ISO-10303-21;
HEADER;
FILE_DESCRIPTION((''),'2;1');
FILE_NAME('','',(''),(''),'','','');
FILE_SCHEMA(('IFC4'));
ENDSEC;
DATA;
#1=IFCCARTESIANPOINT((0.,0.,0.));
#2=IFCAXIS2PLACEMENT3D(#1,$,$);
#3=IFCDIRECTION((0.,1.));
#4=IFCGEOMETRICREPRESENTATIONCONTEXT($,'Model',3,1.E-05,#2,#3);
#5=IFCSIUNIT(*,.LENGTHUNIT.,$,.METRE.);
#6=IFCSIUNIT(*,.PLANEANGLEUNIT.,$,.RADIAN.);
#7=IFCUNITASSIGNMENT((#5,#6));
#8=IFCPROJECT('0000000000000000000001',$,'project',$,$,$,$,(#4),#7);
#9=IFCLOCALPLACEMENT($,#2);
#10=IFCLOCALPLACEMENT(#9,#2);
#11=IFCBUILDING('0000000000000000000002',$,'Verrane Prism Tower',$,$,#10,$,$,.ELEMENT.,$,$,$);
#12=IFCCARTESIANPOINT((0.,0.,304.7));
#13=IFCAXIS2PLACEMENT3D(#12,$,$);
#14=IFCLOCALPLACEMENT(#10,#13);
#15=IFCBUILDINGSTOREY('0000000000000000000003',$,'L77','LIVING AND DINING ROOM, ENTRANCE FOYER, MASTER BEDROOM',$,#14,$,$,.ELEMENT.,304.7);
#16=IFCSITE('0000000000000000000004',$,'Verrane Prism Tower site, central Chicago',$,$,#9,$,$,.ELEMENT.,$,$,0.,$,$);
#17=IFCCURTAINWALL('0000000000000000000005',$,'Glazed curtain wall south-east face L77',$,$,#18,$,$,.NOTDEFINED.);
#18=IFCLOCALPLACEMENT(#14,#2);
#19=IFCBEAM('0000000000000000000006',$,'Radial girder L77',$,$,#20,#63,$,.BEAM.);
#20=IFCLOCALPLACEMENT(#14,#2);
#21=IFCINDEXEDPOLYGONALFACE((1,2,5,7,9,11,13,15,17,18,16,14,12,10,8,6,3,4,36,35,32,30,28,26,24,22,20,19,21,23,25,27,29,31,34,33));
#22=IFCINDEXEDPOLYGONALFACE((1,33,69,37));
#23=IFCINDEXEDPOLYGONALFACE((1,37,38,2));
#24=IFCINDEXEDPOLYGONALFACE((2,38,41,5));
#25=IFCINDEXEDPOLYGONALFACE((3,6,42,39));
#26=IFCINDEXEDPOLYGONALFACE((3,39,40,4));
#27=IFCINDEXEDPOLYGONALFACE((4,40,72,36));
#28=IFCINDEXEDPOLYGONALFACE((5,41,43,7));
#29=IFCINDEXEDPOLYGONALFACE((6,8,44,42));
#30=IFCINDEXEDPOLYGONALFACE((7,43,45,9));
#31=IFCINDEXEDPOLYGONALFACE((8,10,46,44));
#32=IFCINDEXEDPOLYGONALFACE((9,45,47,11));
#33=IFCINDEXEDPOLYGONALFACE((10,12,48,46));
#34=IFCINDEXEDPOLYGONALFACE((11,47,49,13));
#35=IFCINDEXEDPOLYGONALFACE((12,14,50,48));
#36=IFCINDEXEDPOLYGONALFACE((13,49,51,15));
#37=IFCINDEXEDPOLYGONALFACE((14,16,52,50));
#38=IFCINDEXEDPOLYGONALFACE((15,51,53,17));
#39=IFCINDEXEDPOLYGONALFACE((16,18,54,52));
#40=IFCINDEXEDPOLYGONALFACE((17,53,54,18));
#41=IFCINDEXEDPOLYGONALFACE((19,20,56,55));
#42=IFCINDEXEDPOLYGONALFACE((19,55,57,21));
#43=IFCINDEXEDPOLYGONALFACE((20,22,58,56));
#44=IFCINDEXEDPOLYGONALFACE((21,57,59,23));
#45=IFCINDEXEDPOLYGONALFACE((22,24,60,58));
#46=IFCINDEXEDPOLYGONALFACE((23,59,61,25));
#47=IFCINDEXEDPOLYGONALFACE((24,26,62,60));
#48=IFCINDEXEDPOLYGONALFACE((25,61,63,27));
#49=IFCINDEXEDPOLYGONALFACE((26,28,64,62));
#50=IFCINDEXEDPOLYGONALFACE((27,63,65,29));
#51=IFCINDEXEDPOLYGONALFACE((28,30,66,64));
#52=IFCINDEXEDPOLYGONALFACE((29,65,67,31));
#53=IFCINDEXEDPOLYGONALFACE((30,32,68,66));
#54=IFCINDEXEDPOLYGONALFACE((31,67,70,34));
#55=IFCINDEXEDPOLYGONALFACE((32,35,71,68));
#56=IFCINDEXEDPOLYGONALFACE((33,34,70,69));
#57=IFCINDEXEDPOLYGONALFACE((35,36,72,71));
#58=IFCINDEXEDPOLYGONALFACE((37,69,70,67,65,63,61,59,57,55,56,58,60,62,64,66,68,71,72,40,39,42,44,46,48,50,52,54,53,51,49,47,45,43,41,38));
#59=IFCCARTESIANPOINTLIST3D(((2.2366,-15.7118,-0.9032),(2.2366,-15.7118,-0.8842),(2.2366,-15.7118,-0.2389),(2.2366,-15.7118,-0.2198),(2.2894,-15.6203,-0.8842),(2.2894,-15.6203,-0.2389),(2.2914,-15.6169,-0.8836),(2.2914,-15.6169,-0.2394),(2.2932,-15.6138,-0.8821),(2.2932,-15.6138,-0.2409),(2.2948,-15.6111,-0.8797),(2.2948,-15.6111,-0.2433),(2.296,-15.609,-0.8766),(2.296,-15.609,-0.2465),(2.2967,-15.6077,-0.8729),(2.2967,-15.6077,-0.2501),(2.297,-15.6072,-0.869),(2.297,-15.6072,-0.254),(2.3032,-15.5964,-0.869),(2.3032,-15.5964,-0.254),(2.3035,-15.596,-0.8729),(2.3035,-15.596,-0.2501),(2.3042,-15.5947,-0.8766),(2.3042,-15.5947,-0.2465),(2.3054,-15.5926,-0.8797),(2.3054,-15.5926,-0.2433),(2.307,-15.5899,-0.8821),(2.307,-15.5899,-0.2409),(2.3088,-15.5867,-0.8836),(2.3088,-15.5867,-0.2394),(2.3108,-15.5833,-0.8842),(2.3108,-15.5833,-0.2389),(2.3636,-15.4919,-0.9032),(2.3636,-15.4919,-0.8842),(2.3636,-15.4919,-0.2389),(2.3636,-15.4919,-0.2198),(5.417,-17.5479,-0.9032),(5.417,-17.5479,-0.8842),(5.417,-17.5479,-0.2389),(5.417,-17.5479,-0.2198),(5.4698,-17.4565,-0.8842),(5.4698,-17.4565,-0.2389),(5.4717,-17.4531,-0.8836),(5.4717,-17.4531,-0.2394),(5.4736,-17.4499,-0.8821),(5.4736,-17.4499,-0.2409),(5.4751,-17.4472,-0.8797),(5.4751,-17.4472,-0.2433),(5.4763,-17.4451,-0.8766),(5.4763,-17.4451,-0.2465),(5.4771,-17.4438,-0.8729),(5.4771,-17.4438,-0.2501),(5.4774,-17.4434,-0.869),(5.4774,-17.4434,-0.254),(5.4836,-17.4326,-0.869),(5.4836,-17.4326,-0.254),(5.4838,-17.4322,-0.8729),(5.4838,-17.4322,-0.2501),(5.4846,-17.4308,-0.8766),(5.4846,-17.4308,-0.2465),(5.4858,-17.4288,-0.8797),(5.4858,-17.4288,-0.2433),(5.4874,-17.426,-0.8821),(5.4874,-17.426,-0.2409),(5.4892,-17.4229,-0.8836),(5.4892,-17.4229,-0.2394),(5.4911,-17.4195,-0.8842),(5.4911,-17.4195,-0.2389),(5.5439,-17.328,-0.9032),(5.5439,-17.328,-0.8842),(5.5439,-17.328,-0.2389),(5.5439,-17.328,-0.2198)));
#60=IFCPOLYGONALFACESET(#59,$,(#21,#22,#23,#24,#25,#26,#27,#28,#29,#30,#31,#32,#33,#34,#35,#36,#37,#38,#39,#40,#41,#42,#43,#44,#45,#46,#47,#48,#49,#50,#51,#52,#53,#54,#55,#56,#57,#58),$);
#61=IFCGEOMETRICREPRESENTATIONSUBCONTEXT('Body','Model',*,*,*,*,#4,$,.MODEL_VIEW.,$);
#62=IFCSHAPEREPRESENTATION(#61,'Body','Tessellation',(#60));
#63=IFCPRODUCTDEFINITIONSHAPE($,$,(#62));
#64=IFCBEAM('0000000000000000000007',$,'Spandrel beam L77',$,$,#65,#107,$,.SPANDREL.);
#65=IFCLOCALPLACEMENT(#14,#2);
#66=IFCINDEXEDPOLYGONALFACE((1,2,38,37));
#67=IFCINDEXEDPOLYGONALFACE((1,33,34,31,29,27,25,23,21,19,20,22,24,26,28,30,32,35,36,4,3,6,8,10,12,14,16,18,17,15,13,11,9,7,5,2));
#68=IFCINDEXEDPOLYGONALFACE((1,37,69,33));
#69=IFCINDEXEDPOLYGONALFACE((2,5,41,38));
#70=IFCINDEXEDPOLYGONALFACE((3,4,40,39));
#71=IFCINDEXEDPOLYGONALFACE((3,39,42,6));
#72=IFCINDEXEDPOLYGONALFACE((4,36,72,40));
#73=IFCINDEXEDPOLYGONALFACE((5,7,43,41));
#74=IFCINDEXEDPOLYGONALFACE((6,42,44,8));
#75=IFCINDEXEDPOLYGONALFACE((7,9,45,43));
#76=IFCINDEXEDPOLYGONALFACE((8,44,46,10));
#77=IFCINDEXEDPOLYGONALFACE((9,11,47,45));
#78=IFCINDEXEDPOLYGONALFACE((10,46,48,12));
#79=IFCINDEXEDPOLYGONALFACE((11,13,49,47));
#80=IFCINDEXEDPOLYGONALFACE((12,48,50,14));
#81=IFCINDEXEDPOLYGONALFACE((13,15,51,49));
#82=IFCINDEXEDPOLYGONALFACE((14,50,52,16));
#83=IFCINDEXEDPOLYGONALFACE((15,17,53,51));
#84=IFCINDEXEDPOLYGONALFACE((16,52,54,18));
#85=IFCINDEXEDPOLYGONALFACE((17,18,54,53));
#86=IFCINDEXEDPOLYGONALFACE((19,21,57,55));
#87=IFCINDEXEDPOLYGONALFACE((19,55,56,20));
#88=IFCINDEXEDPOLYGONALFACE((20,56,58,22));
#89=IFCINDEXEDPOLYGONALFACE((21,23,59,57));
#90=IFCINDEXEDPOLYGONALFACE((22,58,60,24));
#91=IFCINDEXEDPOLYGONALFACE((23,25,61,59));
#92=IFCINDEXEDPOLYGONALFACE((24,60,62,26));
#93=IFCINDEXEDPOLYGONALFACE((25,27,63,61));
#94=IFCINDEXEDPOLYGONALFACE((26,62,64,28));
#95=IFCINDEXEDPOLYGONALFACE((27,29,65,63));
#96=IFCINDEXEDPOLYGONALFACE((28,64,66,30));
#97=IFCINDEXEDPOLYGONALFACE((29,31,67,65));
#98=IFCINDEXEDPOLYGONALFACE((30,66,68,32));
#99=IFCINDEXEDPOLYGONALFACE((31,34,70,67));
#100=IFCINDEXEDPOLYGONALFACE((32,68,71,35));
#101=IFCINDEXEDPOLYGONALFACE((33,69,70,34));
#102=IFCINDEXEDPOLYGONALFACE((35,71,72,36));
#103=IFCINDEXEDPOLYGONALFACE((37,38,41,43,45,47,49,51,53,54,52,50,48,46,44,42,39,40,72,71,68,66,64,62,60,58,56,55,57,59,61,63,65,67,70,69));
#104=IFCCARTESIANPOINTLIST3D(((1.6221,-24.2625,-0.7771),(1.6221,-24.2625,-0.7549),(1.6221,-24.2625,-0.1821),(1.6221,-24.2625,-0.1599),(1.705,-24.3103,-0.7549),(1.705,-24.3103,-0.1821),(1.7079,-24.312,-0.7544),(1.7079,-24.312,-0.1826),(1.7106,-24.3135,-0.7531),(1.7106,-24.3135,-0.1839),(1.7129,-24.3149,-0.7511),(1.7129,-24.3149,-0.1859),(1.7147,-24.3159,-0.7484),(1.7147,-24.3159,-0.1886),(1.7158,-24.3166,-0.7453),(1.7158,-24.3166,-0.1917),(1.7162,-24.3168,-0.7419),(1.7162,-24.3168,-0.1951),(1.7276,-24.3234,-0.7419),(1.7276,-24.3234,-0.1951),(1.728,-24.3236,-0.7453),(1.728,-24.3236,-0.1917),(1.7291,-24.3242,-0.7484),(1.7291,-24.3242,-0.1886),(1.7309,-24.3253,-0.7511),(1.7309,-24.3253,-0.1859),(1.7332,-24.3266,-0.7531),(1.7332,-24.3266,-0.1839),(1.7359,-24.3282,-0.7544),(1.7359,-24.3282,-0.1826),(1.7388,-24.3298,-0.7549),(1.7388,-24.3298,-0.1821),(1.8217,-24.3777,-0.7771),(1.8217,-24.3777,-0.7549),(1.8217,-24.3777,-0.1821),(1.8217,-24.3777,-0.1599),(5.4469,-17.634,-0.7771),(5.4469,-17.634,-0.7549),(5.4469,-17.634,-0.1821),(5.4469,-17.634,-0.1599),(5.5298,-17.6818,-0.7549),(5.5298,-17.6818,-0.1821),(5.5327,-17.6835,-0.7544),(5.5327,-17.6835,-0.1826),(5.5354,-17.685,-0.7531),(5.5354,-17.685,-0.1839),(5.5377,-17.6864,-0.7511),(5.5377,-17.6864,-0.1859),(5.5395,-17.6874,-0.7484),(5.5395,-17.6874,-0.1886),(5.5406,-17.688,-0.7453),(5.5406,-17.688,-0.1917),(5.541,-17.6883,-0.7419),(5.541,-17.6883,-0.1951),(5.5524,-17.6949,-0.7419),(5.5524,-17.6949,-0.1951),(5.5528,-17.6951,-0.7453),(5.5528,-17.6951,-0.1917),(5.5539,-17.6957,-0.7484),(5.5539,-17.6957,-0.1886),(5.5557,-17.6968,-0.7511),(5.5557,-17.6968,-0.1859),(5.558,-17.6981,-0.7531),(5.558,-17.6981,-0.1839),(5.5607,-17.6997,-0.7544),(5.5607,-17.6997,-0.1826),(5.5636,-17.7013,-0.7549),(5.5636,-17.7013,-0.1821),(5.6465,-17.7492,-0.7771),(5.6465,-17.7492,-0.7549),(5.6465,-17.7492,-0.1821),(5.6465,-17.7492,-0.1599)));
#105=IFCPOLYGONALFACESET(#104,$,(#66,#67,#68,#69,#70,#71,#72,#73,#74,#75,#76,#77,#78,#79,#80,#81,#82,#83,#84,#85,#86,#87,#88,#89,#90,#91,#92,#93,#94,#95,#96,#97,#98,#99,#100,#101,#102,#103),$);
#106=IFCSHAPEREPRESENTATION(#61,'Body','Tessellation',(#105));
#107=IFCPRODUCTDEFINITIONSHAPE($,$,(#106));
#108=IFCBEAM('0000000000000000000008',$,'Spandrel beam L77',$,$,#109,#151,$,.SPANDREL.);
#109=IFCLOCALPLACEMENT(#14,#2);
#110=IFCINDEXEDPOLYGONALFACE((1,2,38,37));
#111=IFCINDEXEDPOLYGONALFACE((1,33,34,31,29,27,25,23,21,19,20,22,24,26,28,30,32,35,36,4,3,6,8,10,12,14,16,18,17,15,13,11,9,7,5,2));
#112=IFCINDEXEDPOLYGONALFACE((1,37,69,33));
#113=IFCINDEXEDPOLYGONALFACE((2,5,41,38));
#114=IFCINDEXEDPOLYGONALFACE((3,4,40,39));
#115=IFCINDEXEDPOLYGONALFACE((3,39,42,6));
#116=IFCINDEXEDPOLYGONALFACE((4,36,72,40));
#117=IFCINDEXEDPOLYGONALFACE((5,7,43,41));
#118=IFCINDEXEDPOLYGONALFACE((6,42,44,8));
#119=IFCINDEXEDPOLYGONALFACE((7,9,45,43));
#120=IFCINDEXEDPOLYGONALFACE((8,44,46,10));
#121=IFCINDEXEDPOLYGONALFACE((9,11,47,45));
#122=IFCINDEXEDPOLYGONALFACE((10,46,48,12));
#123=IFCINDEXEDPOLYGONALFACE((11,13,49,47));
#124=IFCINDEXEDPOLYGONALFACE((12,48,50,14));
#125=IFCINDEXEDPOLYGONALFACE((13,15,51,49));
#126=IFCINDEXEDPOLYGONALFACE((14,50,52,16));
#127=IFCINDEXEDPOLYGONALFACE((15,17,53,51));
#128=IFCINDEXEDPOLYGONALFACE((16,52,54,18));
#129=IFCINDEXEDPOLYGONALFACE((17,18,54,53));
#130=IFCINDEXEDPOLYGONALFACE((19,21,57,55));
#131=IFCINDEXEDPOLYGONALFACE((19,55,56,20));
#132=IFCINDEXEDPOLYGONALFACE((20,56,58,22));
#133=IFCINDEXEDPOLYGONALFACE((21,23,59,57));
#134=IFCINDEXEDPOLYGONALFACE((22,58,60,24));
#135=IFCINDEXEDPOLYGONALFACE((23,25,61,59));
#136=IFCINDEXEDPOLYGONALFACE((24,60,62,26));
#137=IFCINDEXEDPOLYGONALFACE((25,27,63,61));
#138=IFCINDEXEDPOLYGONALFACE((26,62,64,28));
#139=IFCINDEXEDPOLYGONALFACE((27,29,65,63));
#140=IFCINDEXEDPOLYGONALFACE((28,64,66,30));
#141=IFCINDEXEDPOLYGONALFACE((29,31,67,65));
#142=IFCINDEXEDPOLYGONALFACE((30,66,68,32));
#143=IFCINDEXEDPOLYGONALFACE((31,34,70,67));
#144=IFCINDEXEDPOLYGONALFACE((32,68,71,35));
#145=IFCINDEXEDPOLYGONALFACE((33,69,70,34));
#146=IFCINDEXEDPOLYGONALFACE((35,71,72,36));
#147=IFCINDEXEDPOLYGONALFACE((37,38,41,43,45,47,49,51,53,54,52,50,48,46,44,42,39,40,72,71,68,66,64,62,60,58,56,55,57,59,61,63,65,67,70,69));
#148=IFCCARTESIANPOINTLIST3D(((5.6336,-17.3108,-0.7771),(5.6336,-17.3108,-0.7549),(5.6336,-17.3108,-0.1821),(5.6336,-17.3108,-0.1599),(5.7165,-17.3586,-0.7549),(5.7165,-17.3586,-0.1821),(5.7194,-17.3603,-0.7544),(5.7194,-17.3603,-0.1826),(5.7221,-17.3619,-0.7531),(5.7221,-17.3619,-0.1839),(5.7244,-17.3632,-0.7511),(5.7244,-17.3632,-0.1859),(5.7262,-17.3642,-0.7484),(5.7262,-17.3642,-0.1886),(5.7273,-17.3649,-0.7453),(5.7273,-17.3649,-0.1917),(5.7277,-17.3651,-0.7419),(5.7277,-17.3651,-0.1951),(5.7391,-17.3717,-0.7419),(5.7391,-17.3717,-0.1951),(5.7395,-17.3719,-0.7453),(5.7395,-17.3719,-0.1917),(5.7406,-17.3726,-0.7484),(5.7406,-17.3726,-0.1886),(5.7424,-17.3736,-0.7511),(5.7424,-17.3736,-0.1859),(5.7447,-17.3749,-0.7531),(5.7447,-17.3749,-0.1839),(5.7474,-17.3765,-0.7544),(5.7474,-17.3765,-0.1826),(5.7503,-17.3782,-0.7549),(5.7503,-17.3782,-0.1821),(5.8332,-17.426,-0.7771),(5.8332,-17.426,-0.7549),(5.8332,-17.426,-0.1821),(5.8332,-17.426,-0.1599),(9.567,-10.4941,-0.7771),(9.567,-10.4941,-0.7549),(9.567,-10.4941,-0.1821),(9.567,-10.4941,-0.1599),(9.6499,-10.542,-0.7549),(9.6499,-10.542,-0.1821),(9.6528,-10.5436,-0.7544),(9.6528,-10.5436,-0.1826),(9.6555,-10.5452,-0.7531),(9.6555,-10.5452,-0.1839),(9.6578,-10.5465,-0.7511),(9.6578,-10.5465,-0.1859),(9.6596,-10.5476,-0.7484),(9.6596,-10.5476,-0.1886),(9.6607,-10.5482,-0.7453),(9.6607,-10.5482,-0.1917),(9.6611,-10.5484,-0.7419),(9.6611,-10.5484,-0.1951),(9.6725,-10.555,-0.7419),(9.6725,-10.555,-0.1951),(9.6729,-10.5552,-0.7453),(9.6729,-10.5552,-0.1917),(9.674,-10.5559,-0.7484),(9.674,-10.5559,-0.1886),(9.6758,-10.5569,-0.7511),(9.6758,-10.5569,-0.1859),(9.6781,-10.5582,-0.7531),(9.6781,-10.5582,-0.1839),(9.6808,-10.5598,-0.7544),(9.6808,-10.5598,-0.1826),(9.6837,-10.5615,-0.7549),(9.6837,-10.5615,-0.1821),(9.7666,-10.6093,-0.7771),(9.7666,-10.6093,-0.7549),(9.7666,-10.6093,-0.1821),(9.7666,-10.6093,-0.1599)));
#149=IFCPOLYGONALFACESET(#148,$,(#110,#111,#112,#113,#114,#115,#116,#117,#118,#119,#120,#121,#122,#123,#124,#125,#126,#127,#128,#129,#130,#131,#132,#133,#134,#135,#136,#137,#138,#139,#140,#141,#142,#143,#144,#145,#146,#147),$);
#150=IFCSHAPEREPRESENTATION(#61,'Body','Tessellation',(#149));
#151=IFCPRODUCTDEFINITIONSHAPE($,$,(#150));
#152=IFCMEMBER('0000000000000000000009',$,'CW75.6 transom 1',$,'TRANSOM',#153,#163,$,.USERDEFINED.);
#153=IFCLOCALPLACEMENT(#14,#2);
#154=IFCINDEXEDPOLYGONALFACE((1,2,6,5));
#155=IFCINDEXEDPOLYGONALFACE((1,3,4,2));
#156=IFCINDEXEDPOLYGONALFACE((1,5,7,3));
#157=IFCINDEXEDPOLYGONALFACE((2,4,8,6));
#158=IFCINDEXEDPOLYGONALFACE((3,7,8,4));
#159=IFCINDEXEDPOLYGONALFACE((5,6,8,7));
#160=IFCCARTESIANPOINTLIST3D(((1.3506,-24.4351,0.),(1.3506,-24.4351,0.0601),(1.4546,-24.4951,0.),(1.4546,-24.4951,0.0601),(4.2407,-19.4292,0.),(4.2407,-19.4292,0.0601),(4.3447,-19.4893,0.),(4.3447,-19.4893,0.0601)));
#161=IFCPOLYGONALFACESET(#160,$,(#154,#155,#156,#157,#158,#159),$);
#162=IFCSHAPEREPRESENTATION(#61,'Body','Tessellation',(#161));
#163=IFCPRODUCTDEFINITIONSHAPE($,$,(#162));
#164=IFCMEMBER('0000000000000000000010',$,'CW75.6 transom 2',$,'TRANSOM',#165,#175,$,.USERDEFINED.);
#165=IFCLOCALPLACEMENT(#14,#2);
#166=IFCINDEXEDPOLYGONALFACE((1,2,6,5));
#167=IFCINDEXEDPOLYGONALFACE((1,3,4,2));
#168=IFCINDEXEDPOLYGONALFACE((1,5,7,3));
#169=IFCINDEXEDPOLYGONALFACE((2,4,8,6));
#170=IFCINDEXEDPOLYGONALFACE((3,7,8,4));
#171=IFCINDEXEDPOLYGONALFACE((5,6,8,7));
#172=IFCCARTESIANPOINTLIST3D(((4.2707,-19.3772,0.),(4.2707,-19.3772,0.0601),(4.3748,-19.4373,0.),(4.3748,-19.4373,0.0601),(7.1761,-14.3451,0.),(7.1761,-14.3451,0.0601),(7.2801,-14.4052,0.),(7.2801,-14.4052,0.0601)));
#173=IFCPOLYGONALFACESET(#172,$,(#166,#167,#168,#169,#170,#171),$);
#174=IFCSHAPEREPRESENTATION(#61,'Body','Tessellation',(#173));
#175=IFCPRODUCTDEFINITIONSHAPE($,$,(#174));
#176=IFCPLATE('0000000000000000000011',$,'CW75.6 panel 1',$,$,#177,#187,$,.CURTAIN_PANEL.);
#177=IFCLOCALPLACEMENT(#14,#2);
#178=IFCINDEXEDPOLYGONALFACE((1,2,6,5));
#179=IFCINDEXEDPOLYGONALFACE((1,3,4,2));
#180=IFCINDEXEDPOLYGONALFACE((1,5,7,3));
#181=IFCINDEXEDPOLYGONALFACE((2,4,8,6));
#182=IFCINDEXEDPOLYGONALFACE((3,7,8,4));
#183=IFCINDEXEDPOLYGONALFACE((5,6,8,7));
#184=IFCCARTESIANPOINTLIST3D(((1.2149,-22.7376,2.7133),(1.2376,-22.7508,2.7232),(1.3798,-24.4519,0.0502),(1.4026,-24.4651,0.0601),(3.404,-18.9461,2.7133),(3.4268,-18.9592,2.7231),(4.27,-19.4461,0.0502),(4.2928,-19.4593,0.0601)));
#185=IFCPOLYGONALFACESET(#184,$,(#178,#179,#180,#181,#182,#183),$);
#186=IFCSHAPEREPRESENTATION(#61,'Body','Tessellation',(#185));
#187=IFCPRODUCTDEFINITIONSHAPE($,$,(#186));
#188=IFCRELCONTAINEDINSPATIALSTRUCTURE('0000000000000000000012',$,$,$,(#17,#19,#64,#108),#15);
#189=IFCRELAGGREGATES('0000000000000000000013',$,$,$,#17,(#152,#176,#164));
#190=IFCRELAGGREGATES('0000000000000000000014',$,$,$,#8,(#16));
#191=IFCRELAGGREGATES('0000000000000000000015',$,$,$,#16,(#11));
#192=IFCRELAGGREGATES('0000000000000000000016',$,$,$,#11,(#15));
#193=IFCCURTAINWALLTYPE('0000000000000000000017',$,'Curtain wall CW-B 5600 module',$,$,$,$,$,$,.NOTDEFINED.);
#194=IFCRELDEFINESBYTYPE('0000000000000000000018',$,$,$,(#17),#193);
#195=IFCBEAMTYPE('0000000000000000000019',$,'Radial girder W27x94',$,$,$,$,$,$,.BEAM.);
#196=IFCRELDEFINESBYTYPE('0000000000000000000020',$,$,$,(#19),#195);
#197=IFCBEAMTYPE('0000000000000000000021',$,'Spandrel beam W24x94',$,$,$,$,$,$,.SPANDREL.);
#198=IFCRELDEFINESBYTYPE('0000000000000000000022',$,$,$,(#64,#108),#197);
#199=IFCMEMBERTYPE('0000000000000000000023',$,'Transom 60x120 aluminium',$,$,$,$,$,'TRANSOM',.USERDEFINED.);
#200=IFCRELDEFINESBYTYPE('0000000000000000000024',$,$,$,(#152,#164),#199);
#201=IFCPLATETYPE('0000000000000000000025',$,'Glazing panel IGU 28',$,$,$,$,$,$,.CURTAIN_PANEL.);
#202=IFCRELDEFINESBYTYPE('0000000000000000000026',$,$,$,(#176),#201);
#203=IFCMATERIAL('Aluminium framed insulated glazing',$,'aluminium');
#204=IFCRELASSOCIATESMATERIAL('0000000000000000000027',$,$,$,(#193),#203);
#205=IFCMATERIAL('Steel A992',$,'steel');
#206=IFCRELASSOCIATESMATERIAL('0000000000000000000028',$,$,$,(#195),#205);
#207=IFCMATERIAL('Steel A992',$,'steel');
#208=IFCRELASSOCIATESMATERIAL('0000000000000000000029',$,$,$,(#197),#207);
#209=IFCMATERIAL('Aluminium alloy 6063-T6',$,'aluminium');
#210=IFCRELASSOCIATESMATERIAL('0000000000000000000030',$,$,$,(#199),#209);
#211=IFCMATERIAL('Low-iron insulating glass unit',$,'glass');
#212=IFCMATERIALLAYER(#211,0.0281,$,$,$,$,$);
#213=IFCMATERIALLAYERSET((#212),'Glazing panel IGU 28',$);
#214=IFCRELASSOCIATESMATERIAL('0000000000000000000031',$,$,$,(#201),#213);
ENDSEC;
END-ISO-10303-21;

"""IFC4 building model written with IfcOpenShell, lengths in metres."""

from ifc_helpers import new_model, si_unit, direction, frame, origin, origin_2d, place, context, subcontext, project, spatial, polyline, rectangle, i_section, outline, extrude, material, layer, layer_set, material_profile, profile_set, type_object, element, aggregate, save


model = new_model("IFC4")

# Units and contexts
model_context = context("Model", 3, precision=1e-05, world=origin(), true_north=direction((0.0, 1.0)))
body_context = subcontext(model_context, "Body", "Model", "MODEL_VIEW")
ifc_project = project(units=[si_unit("LENGTHUNIT", "METRE"), si_unit("PLANEANGLEUNIT", "RADIAN")], contexts=[model_context])

# Site, building, storey
site_placement = place(None, origin())
site = spatial("IfcSite", under=ifc_project, at=site_placement, Name="Verrane Prism Tower site, central Chicago", CompositionType="ELEMENT", RefElevation=0.0)
building_placement = place(site_placement, origin())
building = spatial("IfcBuilding", under=site, at=building_placement, Name="Verrane Prism Tower", CompositionType="ELEMENT")
storey_placement = place(building_placement, frame((0.0, 0.0, 304.7)))
storey = spatial("IfcBuildingStorey", under=building, at=storey_placement, Name="L77", Description="LIVING AND DINING ROOM, ENTRANCE FOYER, MASTER BEDROOM", CompositionType="ELEMENT", Elevation=304.7)

# Curtain wall
ifc_material_1 = material(Name="Aluminium framed insulated glazing", Category="aluminium")
curtain_wall_type = type_object("IfcCurtainWallType", Name="Curtain wall CW-B 5600 module", PredefinedType="NOTDEFINED", material=ifc_material_1)
curtain_wall_placement = place(storey_placement, origin())
curtain_wall = element("IfcCurtainWall", 1, at=curtain_wall_placement, inside=storey, type_object=curtain_wall_type, Name="Glazed curtain wall south-east face L77", PredefinedType="NOTDEFINED")

# Beams
ifc_material_2 = material(Name="Steel A992", Category="steel")
ifc_material_profile_1 = material_profile(ifc_material_2, i_section(OverallWidth=0.2539, OverallDepth=0.6833, WebThickness=0.0125, FlangeThickness=0.019, FilletRadius=0.0151, at=origin_2d()), Name="W27x94")
ifc_profile_set_1 = profile_set([ifc_material_profile_1], Name="Steel A992")
beam_type_1 = type_object("IfcBeamType", Name="Radial girder W27x94", PredefinedType="BEAM", material=ifc_profile_set_1)
beam_1_placement = place(storey_placement, frame((5.4805, -17.438, -0.5615), z_axis=(-0.866029, 0.499993, 0.0), x_axis=(-0.499993, -0.866029, 0.0)))
element("IfcBeam", 2, at=beam_1_placement, inside=storey, type_object=beam_type_1, Name="Radial girder L77", PredefinedType="BEAM", context=body_context, shape_type="SweptSolid", body=[
    extrude(i_section(OverallWidth=0.2539, OverallDepth=0.6833, WebThickness=0.0125, FlangeThickness=0.019, FilletRadius=0.0151, at=origin_2d()), origin(), (0.0, 0.0, 1.0), 3.6724),
])
ifc_material_3 = material(Name="Steel A992", Category="steel")
ifc_material_profile_2 = material_profile(ifc_material_3, i_section(OverallWidth=0.2305, OverallDepth=0.6172, WebThickness=0.0132, FlangeThickness=0.0222, FilletRadius=0.0129, at=origin_2d()), Name="W24x94")
ifc_profile_set_2 = profile_set([ifc_material_profile_2], Name="Steel A992")
beam_type_2 = type_object("IfcBeamType", Name="Spandrel beam W24x94", PredefinedType="SPANDREL", material=ifc_profile_set_2)
beam_2_placement = place(storey_placement, frame((1.7219, -24.3201, -0.4685), z_axis=(0.499783, 0.866151, 0.0), x_axis=(-0.866151, 0.499783, 0.0)))
element("IfcBeam", 3, at=beam_2_placement, inside=storey, type_object=beam_type_2, Name="Spandrel beam L77", PredefinedType="SPANDREL", context=body_context, shape_type="SweptSolid", body=[
    extrude(i_section(OverallWidth=0.2305, OverallDepth=0.6172, WebThickness=0.0132, FlangeThickness=0.0222, FilletRadius=0.0129, at=origin_2d()), origin(), (0.0, 0.0, 1.0), 7.6528),
])
beam_3_placement = place(storey_placement, frame((5.7334, -17.3684, -0.4685), z_axis=(0.499786, 0.866149, 0.0), x_axis=(-0.866149, 0.499786, 0.0)))
element("IfcBeam", 4, at=beam_3_placement, inside=storey, type_object=beam_type_2, Name="Spandrel beam L77", PredefinedType="SPANDREL", context=body_context, shape_type="SweptSolid", body=[
    extrude(i_section(OverallWidth=0.2305, OverallDepth=0.6172, WebThickness=0.0132, FlangeThickness=0.0222, FilletRadius=0.0129, at=origin_2d()), origin(), (0.0, 0.0, 1.0), 7.8701),
])

# Members
ifc_material_4 = material(Name="Aluminium alloy 6063-T6", Category="aluminium")
ifc_material_profile_3 = material_profile(ifc_material_4, rectangle(XDim=0.1201, YDim=0.0601, at=origin_2d()), Name="Transom 60x120 aluminium")
ifc_profile_set_3 = profile_set([ifc_material_profile_3], Name="Aluminium alloy 6063-T6")
member_type_1 = type_object("IfcMemberType", Name="Transom 60x120 aluminium", ElementType="TRANSOM", PredefinedType="USERDEFINED", material=ifc_profile_set_3)
member_1_placement = place(storey_placement, frame((1.4026, -24.4651, 0.03), z_axis=(0.5, 0.866025, 0.0), x_axis=(-0.866025, 0.5, 0.0)))
member_1 = element("IfcMember", 5, at=member_1_placement, type_object=member_type_1, Name="CW75.6 transom 1", ObjectType="TRANSOM", PredefinedType="USERDEFINED", context=body_context, shape_type="SweptSolid", body=[
    extrude(rectangle(XDim=0.1201, YDim=0.0601, at=origin_2d()), origin(), (0.0, 0.0, 1.0), 5.7803),
])
member_2_placement = place(storey_placement, frame((4.3228, -19.4072, 0.03), z_axis=(0.500007, 0.866021, 0.0), x_axis=(-0.866021, 0.500007, 0.0)))
member_2 = element("IfcMember", 6, at=member_2_placement, type_object=member_type_1, Name="CW75.6 transom 2", ObjectType="TRANSOM", PredefinedType="USERDEFINED", context=body_context, shape_type="SweptSolid", body=[
    extrude(rectangle(XDim=0.1201, YDim=0.0601, at=origin_2d()), origin(), (0.0, 0.0, 1.0), 5.8105),
])

# Plate
ifc_material_5 = material(Name="Low-iron insulating glass unit", Category="glass")
ifc_layer_1 = layer(ifc_material_5, 0.0281)
ifc_layer_set_1 = layer_set([ifc_layer_1], Name="Glazing panel IGU 28")
plate_type = type_object("IfcPlateType", Name="Glazing panel IGU 28", PredefinedType="CURTAIN_PANEL", material=ifc_layer_set_1)
plate_1_placement = place(storey_placement, frame((1.4026, -24.4651, 0.0601), z_axis=(0.810739, -0.468098, 0.351549), x_axis=(0.500012, 0.866018, 0.000005)))
plate_1 = element("IfcPlate", 7, at=plate_1_placement, type_object=plate_type, Name="CW75.6 panel 1", PredefinedType="CURTAIN_PANEL", context=body_context, shape_type="SweptSolid", body=[
    extrude(outline(polyline([(0.0, 0.0), (5.7803, 0.0), (5.7803, 2.8446), (1.4022, 2.8447), (0.0, 0.0)])), origin(), (0.0, 0.0, -1.0), 0.0281),
])
aggregate(curtain_wall, [member_1, plate_1, member_2])

save(model, "model.ifc")
